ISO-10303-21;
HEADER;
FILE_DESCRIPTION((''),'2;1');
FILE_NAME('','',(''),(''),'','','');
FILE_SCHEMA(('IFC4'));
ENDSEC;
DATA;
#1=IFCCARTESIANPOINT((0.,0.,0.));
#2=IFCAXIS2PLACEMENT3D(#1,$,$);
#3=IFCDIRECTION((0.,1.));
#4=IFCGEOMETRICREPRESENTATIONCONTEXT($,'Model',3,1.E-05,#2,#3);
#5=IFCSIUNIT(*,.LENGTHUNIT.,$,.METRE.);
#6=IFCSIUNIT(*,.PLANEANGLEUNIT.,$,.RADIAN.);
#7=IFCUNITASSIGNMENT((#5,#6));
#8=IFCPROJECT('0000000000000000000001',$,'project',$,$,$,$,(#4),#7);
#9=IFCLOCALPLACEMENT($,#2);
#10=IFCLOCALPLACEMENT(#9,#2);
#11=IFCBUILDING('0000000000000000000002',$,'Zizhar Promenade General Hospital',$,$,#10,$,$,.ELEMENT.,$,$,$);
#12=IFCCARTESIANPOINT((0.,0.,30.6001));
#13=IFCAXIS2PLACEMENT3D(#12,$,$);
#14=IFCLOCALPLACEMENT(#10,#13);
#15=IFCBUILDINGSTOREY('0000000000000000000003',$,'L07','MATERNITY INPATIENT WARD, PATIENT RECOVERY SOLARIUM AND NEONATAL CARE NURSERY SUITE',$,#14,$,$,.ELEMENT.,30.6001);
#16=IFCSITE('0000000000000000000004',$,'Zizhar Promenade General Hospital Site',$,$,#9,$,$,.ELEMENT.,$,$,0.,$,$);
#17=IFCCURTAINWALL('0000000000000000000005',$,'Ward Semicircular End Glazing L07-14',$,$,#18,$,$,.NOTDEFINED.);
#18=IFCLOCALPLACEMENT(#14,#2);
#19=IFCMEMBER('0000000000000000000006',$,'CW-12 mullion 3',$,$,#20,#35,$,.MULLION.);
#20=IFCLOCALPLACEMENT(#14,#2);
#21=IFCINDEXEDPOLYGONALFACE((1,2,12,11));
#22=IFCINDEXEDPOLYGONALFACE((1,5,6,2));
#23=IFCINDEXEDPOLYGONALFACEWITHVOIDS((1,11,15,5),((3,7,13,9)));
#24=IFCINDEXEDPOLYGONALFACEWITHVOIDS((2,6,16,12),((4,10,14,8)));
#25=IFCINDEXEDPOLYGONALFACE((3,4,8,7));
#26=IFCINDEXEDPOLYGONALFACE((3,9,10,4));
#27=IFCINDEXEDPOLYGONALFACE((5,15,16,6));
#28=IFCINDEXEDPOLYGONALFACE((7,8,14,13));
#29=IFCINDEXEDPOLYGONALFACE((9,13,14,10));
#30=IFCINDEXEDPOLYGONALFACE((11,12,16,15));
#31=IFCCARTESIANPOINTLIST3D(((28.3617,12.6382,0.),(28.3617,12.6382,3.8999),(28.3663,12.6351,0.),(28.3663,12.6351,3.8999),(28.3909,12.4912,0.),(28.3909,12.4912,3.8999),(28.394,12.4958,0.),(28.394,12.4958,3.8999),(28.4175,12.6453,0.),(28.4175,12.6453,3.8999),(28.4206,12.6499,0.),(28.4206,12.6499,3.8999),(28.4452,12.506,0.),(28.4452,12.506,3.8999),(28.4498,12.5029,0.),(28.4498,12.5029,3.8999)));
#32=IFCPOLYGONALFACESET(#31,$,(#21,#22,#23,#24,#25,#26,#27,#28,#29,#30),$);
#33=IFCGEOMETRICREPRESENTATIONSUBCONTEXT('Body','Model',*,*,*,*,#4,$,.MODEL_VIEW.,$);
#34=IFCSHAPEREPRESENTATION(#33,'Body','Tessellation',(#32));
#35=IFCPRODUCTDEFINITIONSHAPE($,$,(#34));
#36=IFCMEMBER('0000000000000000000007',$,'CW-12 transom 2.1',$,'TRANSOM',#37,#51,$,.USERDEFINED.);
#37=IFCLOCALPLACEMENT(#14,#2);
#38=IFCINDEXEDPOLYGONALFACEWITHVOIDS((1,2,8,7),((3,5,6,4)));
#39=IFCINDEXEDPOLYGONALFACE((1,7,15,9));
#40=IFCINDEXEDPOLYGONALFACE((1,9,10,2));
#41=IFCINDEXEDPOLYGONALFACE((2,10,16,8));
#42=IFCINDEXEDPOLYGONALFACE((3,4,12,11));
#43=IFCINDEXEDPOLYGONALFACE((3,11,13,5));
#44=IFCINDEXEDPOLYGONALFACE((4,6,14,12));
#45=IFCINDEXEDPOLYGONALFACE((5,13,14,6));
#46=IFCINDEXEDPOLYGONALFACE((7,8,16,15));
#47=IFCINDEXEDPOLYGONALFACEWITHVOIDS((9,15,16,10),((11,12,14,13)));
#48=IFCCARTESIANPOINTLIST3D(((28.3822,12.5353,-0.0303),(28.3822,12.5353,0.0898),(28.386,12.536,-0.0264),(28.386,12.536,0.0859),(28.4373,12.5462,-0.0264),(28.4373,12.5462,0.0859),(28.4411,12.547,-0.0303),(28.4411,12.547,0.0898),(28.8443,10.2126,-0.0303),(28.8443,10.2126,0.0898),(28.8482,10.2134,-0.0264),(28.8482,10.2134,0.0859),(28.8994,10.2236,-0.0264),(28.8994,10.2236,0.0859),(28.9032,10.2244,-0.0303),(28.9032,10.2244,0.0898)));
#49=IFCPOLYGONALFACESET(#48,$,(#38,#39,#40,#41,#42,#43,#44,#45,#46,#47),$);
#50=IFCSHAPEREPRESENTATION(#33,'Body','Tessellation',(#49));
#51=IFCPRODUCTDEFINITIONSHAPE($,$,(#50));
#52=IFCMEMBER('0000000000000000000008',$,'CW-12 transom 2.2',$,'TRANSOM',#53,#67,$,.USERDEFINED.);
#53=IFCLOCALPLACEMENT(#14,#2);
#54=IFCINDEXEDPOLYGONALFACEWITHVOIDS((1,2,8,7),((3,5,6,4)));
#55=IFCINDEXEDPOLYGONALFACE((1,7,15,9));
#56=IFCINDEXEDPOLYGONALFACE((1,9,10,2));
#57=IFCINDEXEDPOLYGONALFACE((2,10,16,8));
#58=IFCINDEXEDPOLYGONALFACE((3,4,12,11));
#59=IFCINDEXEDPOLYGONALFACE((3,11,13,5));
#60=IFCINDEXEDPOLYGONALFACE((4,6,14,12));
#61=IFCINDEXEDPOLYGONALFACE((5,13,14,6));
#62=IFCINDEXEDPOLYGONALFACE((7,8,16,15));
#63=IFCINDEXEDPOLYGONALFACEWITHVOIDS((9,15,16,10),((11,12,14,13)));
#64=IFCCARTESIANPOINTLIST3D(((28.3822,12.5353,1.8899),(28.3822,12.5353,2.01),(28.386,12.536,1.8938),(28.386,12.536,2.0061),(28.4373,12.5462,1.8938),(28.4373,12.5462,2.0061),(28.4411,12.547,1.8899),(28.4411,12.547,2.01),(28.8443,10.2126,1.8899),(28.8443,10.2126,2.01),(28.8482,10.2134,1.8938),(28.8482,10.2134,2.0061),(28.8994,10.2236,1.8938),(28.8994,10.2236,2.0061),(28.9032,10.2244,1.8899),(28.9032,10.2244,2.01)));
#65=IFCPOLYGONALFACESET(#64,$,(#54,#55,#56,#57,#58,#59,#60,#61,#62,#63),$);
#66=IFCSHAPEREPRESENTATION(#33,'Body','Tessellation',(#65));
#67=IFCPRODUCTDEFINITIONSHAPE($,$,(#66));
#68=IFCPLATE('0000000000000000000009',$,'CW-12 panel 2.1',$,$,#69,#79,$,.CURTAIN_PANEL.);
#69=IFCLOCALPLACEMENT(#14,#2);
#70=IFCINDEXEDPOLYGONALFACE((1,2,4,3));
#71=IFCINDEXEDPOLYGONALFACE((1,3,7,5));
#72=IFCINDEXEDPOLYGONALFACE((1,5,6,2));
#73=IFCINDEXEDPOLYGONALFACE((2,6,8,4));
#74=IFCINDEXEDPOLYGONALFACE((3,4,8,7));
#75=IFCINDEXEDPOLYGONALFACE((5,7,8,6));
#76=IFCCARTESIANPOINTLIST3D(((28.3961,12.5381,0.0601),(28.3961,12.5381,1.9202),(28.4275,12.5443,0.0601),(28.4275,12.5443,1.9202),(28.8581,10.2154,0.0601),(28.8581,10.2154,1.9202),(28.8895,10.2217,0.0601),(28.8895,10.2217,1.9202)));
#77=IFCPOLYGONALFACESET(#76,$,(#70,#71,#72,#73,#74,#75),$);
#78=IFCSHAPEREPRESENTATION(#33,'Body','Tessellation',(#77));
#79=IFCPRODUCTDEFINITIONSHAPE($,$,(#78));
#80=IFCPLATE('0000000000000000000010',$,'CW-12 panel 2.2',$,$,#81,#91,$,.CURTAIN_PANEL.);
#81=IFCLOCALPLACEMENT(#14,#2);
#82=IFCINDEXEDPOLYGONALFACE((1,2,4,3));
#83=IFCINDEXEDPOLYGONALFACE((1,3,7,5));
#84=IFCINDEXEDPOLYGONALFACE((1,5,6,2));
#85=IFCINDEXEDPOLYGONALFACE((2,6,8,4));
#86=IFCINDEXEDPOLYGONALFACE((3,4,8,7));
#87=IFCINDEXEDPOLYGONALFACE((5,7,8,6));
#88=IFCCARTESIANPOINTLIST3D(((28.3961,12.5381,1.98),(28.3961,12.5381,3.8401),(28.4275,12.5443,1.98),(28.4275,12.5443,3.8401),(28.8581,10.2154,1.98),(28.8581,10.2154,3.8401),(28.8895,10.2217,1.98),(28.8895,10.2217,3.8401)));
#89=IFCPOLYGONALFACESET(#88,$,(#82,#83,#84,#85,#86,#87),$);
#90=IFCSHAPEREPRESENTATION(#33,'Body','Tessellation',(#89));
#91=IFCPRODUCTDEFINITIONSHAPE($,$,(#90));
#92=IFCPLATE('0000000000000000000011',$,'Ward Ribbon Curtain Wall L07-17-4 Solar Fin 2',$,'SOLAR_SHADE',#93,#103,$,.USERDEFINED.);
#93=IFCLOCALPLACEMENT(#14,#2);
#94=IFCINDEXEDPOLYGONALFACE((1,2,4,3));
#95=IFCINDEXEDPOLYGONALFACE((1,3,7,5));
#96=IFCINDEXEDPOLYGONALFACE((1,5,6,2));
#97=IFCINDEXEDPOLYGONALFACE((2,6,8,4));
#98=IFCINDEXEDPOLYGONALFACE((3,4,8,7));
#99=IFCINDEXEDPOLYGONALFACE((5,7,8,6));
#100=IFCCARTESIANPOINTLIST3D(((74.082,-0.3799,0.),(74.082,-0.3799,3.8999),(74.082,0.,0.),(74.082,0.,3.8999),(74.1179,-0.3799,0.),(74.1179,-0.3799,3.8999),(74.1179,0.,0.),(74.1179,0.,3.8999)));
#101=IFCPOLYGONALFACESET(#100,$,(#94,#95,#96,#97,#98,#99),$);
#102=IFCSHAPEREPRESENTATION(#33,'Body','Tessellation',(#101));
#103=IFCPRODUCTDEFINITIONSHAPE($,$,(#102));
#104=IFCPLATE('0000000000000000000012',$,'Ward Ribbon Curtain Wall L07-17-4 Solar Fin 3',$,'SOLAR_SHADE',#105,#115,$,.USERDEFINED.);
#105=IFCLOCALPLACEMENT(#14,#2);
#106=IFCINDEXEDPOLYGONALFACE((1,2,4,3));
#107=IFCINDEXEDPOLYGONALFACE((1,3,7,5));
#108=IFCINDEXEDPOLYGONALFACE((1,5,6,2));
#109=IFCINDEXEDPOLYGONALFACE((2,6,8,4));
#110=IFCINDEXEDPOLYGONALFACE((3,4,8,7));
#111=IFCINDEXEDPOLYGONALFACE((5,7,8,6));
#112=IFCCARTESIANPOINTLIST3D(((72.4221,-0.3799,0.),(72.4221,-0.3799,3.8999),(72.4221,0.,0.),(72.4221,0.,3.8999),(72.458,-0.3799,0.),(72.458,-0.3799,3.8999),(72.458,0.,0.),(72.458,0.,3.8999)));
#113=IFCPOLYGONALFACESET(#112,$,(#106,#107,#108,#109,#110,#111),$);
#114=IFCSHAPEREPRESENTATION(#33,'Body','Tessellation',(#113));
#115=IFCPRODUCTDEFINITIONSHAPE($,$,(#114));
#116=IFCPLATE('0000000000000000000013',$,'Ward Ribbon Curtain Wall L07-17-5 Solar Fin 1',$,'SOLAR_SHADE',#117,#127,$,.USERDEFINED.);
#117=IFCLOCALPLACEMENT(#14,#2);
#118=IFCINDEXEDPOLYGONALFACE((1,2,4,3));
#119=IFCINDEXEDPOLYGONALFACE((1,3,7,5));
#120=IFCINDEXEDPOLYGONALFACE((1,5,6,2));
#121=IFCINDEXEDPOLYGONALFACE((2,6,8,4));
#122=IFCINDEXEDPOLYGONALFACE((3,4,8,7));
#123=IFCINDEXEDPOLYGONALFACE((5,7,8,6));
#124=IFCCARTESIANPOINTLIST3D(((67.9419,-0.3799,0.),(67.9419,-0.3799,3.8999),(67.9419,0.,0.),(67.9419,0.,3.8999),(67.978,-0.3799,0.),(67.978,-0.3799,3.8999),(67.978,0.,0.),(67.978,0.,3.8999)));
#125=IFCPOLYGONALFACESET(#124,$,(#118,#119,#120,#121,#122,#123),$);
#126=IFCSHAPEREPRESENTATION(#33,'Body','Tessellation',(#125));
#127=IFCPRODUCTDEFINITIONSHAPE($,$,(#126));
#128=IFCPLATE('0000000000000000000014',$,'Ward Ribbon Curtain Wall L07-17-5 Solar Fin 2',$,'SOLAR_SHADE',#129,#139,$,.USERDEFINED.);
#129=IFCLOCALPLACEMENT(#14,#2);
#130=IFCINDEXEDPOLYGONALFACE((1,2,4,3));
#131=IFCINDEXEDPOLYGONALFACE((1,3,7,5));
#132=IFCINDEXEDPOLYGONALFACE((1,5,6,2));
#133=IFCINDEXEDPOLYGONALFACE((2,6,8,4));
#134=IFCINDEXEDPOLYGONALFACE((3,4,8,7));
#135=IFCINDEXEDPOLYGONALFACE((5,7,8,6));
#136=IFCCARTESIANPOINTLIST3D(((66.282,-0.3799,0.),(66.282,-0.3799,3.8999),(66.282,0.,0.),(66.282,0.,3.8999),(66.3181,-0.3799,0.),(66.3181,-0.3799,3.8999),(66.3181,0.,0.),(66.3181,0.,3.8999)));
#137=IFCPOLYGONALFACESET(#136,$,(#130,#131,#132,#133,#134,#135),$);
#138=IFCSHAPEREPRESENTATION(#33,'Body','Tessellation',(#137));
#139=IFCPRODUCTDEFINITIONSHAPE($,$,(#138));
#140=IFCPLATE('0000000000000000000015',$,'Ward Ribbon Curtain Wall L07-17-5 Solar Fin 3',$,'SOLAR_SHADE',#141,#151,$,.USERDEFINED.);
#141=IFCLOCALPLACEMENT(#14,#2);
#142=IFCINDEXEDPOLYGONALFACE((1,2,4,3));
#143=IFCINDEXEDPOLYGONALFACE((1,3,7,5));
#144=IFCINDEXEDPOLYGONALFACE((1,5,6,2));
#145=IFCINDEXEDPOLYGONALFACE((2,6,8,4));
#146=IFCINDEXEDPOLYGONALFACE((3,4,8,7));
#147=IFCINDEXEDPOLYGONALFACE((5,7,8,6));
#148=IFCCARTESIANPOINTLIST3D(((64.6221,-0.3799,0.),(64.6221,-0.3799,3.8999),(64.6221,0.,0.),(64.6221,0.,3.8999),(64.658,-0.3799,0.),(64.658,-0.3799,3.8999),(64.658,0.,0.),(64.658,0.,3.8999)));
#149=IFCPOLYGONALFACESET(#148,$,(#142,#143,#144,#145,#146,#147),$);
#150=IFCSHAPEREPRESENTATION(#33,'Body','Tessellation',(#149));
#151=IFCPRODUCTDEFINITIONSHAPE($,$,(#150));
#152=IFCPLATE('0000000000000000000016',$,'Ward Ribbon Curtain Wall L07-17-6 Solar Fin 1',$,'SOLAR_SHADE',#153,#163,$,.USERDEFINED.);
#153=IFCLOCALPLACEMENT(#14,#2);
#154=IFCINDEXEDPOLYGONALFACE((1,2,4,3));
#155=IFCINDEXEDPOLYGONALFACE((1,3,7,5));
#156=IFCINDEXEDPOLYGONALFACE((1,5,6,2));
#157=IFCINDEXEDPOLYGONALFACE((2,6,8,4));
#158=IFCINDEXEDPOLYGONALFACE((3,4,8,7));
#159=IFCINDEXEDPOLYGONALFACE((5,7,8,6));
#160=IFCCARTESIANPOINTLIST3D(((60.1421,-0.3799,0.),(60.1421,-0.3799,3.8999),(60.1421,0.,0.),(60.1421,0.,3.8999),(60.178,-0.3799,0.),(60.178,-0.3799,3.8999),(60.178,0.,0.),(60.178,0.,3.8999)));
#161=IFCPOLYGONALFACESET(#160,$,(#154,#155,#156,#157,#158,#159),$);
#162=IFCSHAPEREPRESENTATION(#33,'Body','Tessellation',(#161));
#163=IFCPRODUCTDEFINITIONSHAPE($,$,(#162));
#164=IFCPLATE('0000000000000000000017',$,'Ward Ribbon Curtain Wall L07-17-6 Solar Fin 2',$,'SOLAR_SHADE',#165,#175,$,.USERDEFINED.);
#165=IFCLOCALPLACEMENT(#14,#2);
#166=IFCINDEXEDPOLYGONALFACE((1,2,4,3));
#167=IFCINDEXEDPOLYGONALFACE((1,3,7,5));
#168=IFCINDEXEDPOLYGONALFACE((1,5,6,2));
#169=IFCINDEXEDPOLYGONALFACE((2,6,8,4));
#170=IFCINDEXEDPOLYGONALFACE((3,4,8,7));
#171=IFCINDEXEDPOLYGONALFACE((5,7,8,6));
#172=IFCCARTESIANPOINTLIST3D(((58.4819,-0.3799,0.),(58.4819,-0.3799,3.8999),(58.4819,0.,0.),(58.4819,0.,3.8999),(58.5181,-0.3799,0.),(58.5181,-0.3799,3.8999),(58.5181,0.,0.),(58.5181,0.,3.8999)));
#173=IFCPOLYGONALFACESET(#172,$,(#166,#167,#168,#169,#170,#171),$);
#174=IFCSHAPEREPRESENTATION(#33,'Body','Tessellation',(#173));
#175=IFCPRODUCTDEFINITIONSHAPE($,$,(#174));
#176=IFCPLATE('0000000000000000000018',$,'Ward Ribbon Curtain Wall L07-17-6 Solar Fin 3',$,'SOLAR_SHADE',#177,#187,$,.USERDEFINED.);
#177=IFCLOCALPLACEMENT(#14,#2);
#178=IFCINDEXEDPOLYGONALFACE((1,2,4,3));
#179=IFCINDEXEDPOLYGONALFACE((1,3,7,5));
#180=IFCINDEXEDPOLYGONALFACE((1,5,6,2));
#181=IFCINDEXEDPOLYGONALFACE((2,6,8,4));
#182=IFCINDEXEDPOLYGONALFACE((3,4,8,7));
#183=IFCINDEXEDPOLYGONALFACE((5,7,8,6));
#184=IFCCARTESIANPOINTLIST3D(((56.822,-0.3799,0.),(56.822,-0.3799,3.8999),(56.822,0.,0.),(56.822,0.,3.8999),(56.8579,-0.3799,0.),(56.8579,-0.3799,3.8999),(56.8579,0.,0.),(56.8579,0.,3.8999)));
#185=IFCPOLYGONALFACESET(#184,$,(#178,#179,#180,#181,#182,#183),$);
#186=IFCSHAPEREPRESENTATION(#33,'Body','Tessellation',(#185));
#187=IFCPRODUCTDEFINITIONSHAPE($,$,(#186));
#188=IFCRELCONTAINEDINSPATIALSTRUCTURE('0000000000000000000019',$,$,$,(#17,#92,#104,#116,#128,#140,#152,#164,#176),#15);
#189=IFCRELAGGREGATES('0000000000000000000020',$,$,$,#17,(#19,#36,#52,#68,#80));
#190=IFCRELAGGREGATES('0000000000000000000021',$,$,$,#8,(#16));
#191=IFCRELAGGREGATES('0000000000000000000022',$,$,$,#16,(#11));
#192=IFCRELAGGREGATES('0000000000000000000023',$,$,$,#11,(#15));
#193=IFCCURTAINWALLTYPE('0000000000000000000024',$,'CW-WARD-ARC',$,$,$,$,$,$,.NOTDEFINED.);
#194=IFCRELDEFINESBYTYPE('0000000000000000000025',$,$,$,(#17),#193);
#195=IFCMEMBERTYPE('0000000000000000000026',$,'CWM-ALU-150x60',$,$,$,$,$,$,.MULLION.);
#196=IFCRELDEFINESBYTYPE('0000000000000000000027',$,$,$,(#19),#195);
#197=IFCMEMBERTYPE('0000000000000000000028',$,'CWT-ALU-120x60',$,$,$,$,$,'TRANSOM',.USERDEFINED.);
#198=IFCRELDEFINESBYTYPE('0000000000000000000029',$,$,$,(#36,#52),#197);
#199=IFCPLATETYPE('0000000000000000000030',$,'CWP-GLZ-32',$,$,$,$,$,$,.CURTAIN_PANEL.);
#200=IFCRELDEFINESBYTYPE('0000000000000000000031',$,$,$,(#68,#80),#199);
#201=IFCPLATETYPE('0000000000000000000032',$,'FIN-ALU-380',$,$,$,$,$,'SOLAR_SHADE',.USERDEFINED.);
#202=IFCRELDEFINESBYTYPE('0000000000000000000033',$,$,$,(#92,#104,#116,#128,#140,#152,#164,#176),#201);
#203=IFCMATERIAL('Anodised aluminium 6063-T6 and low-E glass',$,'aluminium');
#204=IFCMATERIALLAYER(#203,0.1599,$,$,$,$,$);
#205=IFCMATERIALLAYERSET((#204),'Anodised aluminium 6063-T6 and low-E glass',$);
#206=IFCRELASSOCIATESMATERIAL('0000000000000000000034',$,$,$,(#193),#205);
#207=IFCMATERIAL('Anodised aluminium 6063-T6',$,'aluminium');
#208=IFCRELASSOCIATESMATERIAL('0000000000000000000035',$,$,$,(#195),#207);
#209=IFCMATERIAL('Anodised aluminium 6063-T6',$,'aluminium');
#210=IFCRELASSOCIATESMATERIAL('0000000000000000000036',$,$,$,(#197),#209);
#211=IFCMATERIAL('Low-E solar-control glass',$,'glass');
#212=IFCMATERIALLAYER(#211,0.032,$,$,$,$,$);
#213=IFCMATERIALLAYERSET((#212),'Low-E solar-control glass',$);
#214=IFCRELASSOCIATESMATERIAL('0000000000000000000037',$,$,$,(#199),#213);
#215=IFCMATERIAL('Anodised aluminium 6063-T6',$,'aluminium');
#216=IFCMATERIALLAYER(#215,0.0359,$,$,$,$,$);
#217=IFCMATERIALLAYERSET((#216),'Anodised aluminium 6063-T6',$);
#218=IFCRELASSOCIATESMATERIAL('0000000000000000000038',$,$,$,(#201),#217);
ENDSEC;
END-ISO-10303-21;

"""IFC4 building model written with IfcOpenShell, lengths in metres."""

from ifc_helpers import new_model, si_unit, direction, frame, origin, origin_2d, place, context, subcontext, project, spatial, polyline, rectangle, hollow_rectangle, outline, extrude, material, layer, layer_set, material_profile, profile_set, type_object, element, aggregate, save


model = new_model("IFC4")

# Units and contexts
model_context = context("Model", 3, precision=1e-05, world=origin(), true_north=direction((0.0, 1.0)))
body_context = subcontext(model_context, "Body", "Model", "MODEL_VIEW")
ifc_project = project(units=[si_unit("LENGTHUNIT", "METRE"), si_unit("PLANEANGLEUNIT", "RADIAN")], contexts=[model_context])

# Site, building, storey
site_placement = place(None, origin())
site = spatial("IfcSite", under=ifc_project, at=site_placement, Name="Zizhar Promenade General Hospital Site", CompositionType="ELEMENT", RefElevation=0.0)
building_placement = place(site_placement, origin())
building = spatial("IfcBuilding", under=site, at=building_placement, Name="Zizhar Promenade General Hospital", CompositionType="ELEMENT")
storey_placement = place(building_placement, frame((0.0, 0.0, 30.6001)))
storey = spatial("IfcBuildingStorey", under=building, at=storey_placement, Name="L07", Description="MATERNITY INPATIENT WARD, PATIENT RECOVERY SOLARIUM AND NEONATAL CARE NURSERY SUITE", CompositionType="ELEMENT", Elevation=30.6001)

# Curtain wall, members, plates
ifc_material_1 = material(Name="Anodised aluminium 6063-T6 and low-E glass", Category="aluminium")
ifc_layer_1 = layer(ifc_material_1, 0.1599)
ifc_layer_set_1 = layer_set([ifc_layer_1], Name="Anodised aluminium 6063-T6 and low-E glass")
curtain_wall_type = type_object("IfcCurtainWallType", Name="CW-WARD-ARC", PredefinedType="NOTDEFINED", material=ifc_layer_set_1)
curtain_wall_placement = place(storey_placement, origin())
curtain_wall = element("IfcCurtainWall", 1, at=curtain_wall_placement, inside=storey, type_object=curtain_wall_type, Name="Ward Semicircular End Glazing L07-14", PredefinedType="NOTDEFINED")
ifc_material_2 = material(Name="Anodised aluminium 6063-T6", Category="aluminium")
ifc_material_profile_1 = material_profile(ifc_material_2, hollow_rectangle(XDim=0.0601, YDim=0.1499, WallThickness=0.0039, at=origin_2d()))
ifc_profile_set_1 = profile_set([ifc_material_profile_1], Name="Anodised aluminium 6063-T6")
member_type_1 = type_object("IfcMemberType", Name="CWM-ALU-150x60", PredefinedType="MULLION", material=ifc_profile_set_1)
member_1_placement = place(storey_placement, frame((28.4058, 12.5706, 0.0), z_axis=(0.0, 0.0, 1.0), x_axis=(-0.980786, -0.195087, 0.0)))
member_1 = element("IfcMember", 2, at=member_1_placement, type_object=member_type_1, Name="CW-12 mullion 3", PredefinedType="MULLION", context=body_context, shape_type="SweptSolid", body=[
    extrude(hollow_rectangle(XDim=0.0601, YDim=0.1499, WallThickness=0.0039, at=origin_2d()), origin(), (0.0, 0.0, 1.0), 3.8999),
])
ifc_material_3 = material(Name="Anodised aluminium 6063-T6", Category="aluminium")
ifc_material_profile_2 = material_profile(ifc_material_3, hollow_rectangle(XDim=0.0601, YDim=0.1201, WallThickness=0.0039, at=origin_2d()))
ifc_profile_set_2 = profile_set([ifc_material_profile_2], Name="Anodised aluminium 6063-T6")
member_type_2 = type_object("IfcMemberType", Name="CWT-ALU-120x60", ElementType="TRANSOM", PredefinedType="USERDEFINED", material=ifc_profile_set_2)
member_2_placement = place(storey_placement, frame((28.8738, 10.2185, 0.0298), z_axis=(-0.195145, 0.980774, 0.0), x_axis=(-0.980774, -0.195145, 0.0)))
member_2 = element("IfcMember", 3, at=member_2_placement, type_object=member_type_2, Name="CW-12 transom 2.1", ObjectType="TRANSOM", PredefinedType="USERDEFINED", context=body_context, shape_type="SweptSolid", body=[
    extrude(hollow_rectangle(XDim=0.0601, YDim=0.1201, WallThickness=0.0039, at=origin_2d()), origin(), (0.0, 0.0, 1.0), 2.3682),
])
member_3_placement = place(storey_placement, frame((28.8738, 10.2185, 1.95), z_axis=(-0.195145, 0.980774, 0.0), x_axis=(-0.980774, -0.195145, 0.0)))
member_3 = element("IfcMember", 4, at=member_3_placement, type_object=member_type_2, Name="CW-12 transom 2.2", ObjectType="TRANSOM", PredefinedType="USERDEFINED", context=body_context, shape_type="SweptSolid", body=[
    extrude(hollow_rectangle(XDim=0.0601, YDim=0.1201, WallThickness=0.0039, at=origin_2d()), origin(), (0.0, 0.0, 1.0), 2.3682),
])
ifc_material_4 = material(Name="Low-E solar-control glass", Category="glass")
ifc_layer_2 = layer(ifc_material_4, 0.032)
ifc_layer_set_2 = layer_set([ifc_layer_2], Name="Low-E solar-control glass")
plate_type_1 = type_object("IfcPlateType", Name="CWP-GLZ-32", PredefinedType="CURTAIN_PANEL", material=ifc_layer_set_2)
plate_1_placement = place(storey_placement, frame((28.6428, 11.3799, 0.0601), z_axis=(0.0, 0.0, 1.0), x_axis=(-0.195087, 0.980786, 0.0)))
plate_1 = element("IfcPlate", 5, at=plate_1_placement, type_object=plate_type_1, Name="CW-12 panel 2.1", PredefinedType="CURTAIN_PANEL", context=body_context, shape_type="SweptSolid", body=[
    extrude(rectangle(XDim=2.3682, YDim=0.032, at=origin_2d()), origin(), (0.0, 0.0, 1.0), 1.8601),
])
plate_2_placement = place(storey_placement, frame((28.6428, 11.3799, 1.98), z_axis=(0.0, 0.0, 1.0), x_axis=(-0.195087, 0.980786, 0.0)))
plate_2 = element("IfcPlate", 6, at=plate_2_placement, type_object=plate_type_1, Name="CW-12 panel 2.2", PredefinedType="CURTAIN_PANEL", context=body_context, shape_type="SweptSolid", body=[
    extrude(rectangle(XDim=2.3682, YDim=0.032, at=origin_2d()), origin(), (0.0, 0.0, 1.0), 1.8601),
])
aggregate(curtain_wall, [member_1, member_2, member_3, plate_1, plate_2])

# Plates
ifc_material_5 = material(Name="Anodised aluminium 6063-T6", Category="aluminium")
ifc_layer_3 = layer(ifc_material_5, 0.0359)
ifc_layer_set_3 = layer_set([ifc_layer_3], Name="Anodised aluminium 6063-T6")
plate_type_2 = type_object("IfcPlateType", Name="FIN-ALU-380", ElementType="SOLAR_SHADE", PredefinedType="USERDEFINED", material=ifc_layer_set_3)
plate_3_placement = place(storey_placement, origin())
element("IfcPlate", 7, at=plate_3_placement, inside=storey, type_object=plate_type_2, Name="Ward Ribbon Curtain Wall L07-17-4 Solar Fin 2", ObjectType="SOLAR_SHADE", PredefinedType="USERDEFINED", context=body_context, shape_type="SweptSolid", body=[
    extrude(outline(polyline([(74.1179, 0.0), (74.082, 0.0), (74.082, -0.3799), (74.1179, -0.3799), (74.1179, 0.0)])), origin(), (0.0, 0.0, 1.0), 3.8999),
])
plate_4_placement = place(storey_placement, origin())
element("IfcPlate", 8, at=plate_4_placement, inside=storey, type_object=plate_type_2, Name="Ward Ribbon Curtain Wall L07-17-4 Solar Fin 3", ObjectType="SOLAR_SHADE", PredefinedType="USERDEFINED", context=body_context, shape_type="SweptSolid", body=[
    extrude(outline(polyline([(72.458, 0.0), (72.4221, 0.0), (72.4221, -0.3799), (72.458, -0.3799), (72.458, 0.0)])), origin(), (0.0, 0.0, 1.0), 3.8999),
])
plate_5_placement = place(storey_placement, origin())
element("IfcPlate", 9, at=plate_5_placement, inside=storey, type_object=plate_type_2, Name="Ward Ribbon Curtain Wall L07-17-5 Solar Fin 1", ObjectType="SOLAR_SHADE", PredefinedType="USERDEFINED", context=body_context, shape_type="SweptSolid", body=[
    extrude(outline(polyline([(67.978, 0.0), (67.9419, 0.0), (67.9419, -0.3799), (67.978, -0.3799), (67.978, 0.0)])), origin(), (0.0, 0.0, 1.0), 3.8999),
])
plate_6_placement = place(storey_placement, origin())
element("IfcPlate", 10, at=plate_6_placement, inside=storey, type_object=plate_type_2, Name="Ward Ribbon Curtain Wall L07-17-5 Solar Fin 2", ObjectType="SOLAR_SHADE", PredefinedType="USERDEFINED", context=body_context, shape_type="SweptSolid", body=[
    extrude(outline(polyline([(66.3181, 0.0), (66.282, 0.0), (66.282, -0.3799), (66.3181, -0.3799), (66.3181, 0.0)])), origin(), (0.0, 0.0, 1.0), 3.8999),
])
plate_7_placement = place(storey_placement, origin())
element("IfcPlate", 11, at=plate_7_placement, inside=storey, type_object=plate_type_2, Name="Ward Ribbon Curtain Wall L07-17-5 Solar Fin 3", ObjectType="SOLAR_SHADE", PredefinedType="USERDEFINED", context=body_context, shape_type="SweptSolid", body=[
    extrude(outline(polyline([(64.658, 0.0), (64.6221, 0.0), (64.6221, -0.3799), (64.658, -0.3799), (64.658, 0.0)])), origin(), (0.0, 0.0, 1.0), 3.8999),
])
plate_8_placement = place(storey_placement, origin())
element("IfcPlate", 12, at=plate_8_placement, inside=storey, type_object=plate_type_2, Name="Ward Ribbon Curtain Wall L07-17-6 Solar Fin 1", ObjectType="SOLAR_SHADE", PredefinedType="USERDEFINED", context=body_context, shape_type="SweptSolid", body=[
    extrude(outline(polyline([(60.178, 0.0), (60.1421, 0.0), (60.1421, -0.3799), (60.178, -0.3799), (60.178, 0.0)])), origin(), (0.0, 0.0, 1.0), 3.8999),
])
plate_9_placement = place(storey_placement, origin())
element("IfcPlate", 13, at=plate_9_placement, inside=storey, type_object=plate_type_2, Name="Ward Ribbon Curtain Wall L07-17-6 Solar Fin 2", ObjectType="SOLAR_SHADE", PredefinedType="USERDEFINED", context=body_context, shape_type="SweptSolid", body=[
    extrude(outline(polyline([(58.5181, 0.0), (58.4819, 0.0), (58.4819, -0.3799), (58.5181, -0.3799), (58.5181, 0.0)])), origin(), (0.0, 0.0, 1.0), 3.8999),
])
plate_10_placement = place(storey_placement, origin())
element("IfcPlate", 14, at=plate_10_placement, inside=storey, type_object=plate_type_2, Name="Ward Ribbon Curtain Wall L07-17-6 Solar Fin 3", ObjectType="SOLAR_SHADE", PredefinedType="USERDEFINED", context=body_context, shape_type="SweptSolid", body=[
    extrude(outline(polyline([(56.8579, 0.0), (56.822, 0.0), (56.822, -0.3799), (56.8579, -0.3799), (56.8579, 0.0)])), origin(), (0.0, 0.0, 1.0), 3.8999),
])

save(model, "model.ifc")
